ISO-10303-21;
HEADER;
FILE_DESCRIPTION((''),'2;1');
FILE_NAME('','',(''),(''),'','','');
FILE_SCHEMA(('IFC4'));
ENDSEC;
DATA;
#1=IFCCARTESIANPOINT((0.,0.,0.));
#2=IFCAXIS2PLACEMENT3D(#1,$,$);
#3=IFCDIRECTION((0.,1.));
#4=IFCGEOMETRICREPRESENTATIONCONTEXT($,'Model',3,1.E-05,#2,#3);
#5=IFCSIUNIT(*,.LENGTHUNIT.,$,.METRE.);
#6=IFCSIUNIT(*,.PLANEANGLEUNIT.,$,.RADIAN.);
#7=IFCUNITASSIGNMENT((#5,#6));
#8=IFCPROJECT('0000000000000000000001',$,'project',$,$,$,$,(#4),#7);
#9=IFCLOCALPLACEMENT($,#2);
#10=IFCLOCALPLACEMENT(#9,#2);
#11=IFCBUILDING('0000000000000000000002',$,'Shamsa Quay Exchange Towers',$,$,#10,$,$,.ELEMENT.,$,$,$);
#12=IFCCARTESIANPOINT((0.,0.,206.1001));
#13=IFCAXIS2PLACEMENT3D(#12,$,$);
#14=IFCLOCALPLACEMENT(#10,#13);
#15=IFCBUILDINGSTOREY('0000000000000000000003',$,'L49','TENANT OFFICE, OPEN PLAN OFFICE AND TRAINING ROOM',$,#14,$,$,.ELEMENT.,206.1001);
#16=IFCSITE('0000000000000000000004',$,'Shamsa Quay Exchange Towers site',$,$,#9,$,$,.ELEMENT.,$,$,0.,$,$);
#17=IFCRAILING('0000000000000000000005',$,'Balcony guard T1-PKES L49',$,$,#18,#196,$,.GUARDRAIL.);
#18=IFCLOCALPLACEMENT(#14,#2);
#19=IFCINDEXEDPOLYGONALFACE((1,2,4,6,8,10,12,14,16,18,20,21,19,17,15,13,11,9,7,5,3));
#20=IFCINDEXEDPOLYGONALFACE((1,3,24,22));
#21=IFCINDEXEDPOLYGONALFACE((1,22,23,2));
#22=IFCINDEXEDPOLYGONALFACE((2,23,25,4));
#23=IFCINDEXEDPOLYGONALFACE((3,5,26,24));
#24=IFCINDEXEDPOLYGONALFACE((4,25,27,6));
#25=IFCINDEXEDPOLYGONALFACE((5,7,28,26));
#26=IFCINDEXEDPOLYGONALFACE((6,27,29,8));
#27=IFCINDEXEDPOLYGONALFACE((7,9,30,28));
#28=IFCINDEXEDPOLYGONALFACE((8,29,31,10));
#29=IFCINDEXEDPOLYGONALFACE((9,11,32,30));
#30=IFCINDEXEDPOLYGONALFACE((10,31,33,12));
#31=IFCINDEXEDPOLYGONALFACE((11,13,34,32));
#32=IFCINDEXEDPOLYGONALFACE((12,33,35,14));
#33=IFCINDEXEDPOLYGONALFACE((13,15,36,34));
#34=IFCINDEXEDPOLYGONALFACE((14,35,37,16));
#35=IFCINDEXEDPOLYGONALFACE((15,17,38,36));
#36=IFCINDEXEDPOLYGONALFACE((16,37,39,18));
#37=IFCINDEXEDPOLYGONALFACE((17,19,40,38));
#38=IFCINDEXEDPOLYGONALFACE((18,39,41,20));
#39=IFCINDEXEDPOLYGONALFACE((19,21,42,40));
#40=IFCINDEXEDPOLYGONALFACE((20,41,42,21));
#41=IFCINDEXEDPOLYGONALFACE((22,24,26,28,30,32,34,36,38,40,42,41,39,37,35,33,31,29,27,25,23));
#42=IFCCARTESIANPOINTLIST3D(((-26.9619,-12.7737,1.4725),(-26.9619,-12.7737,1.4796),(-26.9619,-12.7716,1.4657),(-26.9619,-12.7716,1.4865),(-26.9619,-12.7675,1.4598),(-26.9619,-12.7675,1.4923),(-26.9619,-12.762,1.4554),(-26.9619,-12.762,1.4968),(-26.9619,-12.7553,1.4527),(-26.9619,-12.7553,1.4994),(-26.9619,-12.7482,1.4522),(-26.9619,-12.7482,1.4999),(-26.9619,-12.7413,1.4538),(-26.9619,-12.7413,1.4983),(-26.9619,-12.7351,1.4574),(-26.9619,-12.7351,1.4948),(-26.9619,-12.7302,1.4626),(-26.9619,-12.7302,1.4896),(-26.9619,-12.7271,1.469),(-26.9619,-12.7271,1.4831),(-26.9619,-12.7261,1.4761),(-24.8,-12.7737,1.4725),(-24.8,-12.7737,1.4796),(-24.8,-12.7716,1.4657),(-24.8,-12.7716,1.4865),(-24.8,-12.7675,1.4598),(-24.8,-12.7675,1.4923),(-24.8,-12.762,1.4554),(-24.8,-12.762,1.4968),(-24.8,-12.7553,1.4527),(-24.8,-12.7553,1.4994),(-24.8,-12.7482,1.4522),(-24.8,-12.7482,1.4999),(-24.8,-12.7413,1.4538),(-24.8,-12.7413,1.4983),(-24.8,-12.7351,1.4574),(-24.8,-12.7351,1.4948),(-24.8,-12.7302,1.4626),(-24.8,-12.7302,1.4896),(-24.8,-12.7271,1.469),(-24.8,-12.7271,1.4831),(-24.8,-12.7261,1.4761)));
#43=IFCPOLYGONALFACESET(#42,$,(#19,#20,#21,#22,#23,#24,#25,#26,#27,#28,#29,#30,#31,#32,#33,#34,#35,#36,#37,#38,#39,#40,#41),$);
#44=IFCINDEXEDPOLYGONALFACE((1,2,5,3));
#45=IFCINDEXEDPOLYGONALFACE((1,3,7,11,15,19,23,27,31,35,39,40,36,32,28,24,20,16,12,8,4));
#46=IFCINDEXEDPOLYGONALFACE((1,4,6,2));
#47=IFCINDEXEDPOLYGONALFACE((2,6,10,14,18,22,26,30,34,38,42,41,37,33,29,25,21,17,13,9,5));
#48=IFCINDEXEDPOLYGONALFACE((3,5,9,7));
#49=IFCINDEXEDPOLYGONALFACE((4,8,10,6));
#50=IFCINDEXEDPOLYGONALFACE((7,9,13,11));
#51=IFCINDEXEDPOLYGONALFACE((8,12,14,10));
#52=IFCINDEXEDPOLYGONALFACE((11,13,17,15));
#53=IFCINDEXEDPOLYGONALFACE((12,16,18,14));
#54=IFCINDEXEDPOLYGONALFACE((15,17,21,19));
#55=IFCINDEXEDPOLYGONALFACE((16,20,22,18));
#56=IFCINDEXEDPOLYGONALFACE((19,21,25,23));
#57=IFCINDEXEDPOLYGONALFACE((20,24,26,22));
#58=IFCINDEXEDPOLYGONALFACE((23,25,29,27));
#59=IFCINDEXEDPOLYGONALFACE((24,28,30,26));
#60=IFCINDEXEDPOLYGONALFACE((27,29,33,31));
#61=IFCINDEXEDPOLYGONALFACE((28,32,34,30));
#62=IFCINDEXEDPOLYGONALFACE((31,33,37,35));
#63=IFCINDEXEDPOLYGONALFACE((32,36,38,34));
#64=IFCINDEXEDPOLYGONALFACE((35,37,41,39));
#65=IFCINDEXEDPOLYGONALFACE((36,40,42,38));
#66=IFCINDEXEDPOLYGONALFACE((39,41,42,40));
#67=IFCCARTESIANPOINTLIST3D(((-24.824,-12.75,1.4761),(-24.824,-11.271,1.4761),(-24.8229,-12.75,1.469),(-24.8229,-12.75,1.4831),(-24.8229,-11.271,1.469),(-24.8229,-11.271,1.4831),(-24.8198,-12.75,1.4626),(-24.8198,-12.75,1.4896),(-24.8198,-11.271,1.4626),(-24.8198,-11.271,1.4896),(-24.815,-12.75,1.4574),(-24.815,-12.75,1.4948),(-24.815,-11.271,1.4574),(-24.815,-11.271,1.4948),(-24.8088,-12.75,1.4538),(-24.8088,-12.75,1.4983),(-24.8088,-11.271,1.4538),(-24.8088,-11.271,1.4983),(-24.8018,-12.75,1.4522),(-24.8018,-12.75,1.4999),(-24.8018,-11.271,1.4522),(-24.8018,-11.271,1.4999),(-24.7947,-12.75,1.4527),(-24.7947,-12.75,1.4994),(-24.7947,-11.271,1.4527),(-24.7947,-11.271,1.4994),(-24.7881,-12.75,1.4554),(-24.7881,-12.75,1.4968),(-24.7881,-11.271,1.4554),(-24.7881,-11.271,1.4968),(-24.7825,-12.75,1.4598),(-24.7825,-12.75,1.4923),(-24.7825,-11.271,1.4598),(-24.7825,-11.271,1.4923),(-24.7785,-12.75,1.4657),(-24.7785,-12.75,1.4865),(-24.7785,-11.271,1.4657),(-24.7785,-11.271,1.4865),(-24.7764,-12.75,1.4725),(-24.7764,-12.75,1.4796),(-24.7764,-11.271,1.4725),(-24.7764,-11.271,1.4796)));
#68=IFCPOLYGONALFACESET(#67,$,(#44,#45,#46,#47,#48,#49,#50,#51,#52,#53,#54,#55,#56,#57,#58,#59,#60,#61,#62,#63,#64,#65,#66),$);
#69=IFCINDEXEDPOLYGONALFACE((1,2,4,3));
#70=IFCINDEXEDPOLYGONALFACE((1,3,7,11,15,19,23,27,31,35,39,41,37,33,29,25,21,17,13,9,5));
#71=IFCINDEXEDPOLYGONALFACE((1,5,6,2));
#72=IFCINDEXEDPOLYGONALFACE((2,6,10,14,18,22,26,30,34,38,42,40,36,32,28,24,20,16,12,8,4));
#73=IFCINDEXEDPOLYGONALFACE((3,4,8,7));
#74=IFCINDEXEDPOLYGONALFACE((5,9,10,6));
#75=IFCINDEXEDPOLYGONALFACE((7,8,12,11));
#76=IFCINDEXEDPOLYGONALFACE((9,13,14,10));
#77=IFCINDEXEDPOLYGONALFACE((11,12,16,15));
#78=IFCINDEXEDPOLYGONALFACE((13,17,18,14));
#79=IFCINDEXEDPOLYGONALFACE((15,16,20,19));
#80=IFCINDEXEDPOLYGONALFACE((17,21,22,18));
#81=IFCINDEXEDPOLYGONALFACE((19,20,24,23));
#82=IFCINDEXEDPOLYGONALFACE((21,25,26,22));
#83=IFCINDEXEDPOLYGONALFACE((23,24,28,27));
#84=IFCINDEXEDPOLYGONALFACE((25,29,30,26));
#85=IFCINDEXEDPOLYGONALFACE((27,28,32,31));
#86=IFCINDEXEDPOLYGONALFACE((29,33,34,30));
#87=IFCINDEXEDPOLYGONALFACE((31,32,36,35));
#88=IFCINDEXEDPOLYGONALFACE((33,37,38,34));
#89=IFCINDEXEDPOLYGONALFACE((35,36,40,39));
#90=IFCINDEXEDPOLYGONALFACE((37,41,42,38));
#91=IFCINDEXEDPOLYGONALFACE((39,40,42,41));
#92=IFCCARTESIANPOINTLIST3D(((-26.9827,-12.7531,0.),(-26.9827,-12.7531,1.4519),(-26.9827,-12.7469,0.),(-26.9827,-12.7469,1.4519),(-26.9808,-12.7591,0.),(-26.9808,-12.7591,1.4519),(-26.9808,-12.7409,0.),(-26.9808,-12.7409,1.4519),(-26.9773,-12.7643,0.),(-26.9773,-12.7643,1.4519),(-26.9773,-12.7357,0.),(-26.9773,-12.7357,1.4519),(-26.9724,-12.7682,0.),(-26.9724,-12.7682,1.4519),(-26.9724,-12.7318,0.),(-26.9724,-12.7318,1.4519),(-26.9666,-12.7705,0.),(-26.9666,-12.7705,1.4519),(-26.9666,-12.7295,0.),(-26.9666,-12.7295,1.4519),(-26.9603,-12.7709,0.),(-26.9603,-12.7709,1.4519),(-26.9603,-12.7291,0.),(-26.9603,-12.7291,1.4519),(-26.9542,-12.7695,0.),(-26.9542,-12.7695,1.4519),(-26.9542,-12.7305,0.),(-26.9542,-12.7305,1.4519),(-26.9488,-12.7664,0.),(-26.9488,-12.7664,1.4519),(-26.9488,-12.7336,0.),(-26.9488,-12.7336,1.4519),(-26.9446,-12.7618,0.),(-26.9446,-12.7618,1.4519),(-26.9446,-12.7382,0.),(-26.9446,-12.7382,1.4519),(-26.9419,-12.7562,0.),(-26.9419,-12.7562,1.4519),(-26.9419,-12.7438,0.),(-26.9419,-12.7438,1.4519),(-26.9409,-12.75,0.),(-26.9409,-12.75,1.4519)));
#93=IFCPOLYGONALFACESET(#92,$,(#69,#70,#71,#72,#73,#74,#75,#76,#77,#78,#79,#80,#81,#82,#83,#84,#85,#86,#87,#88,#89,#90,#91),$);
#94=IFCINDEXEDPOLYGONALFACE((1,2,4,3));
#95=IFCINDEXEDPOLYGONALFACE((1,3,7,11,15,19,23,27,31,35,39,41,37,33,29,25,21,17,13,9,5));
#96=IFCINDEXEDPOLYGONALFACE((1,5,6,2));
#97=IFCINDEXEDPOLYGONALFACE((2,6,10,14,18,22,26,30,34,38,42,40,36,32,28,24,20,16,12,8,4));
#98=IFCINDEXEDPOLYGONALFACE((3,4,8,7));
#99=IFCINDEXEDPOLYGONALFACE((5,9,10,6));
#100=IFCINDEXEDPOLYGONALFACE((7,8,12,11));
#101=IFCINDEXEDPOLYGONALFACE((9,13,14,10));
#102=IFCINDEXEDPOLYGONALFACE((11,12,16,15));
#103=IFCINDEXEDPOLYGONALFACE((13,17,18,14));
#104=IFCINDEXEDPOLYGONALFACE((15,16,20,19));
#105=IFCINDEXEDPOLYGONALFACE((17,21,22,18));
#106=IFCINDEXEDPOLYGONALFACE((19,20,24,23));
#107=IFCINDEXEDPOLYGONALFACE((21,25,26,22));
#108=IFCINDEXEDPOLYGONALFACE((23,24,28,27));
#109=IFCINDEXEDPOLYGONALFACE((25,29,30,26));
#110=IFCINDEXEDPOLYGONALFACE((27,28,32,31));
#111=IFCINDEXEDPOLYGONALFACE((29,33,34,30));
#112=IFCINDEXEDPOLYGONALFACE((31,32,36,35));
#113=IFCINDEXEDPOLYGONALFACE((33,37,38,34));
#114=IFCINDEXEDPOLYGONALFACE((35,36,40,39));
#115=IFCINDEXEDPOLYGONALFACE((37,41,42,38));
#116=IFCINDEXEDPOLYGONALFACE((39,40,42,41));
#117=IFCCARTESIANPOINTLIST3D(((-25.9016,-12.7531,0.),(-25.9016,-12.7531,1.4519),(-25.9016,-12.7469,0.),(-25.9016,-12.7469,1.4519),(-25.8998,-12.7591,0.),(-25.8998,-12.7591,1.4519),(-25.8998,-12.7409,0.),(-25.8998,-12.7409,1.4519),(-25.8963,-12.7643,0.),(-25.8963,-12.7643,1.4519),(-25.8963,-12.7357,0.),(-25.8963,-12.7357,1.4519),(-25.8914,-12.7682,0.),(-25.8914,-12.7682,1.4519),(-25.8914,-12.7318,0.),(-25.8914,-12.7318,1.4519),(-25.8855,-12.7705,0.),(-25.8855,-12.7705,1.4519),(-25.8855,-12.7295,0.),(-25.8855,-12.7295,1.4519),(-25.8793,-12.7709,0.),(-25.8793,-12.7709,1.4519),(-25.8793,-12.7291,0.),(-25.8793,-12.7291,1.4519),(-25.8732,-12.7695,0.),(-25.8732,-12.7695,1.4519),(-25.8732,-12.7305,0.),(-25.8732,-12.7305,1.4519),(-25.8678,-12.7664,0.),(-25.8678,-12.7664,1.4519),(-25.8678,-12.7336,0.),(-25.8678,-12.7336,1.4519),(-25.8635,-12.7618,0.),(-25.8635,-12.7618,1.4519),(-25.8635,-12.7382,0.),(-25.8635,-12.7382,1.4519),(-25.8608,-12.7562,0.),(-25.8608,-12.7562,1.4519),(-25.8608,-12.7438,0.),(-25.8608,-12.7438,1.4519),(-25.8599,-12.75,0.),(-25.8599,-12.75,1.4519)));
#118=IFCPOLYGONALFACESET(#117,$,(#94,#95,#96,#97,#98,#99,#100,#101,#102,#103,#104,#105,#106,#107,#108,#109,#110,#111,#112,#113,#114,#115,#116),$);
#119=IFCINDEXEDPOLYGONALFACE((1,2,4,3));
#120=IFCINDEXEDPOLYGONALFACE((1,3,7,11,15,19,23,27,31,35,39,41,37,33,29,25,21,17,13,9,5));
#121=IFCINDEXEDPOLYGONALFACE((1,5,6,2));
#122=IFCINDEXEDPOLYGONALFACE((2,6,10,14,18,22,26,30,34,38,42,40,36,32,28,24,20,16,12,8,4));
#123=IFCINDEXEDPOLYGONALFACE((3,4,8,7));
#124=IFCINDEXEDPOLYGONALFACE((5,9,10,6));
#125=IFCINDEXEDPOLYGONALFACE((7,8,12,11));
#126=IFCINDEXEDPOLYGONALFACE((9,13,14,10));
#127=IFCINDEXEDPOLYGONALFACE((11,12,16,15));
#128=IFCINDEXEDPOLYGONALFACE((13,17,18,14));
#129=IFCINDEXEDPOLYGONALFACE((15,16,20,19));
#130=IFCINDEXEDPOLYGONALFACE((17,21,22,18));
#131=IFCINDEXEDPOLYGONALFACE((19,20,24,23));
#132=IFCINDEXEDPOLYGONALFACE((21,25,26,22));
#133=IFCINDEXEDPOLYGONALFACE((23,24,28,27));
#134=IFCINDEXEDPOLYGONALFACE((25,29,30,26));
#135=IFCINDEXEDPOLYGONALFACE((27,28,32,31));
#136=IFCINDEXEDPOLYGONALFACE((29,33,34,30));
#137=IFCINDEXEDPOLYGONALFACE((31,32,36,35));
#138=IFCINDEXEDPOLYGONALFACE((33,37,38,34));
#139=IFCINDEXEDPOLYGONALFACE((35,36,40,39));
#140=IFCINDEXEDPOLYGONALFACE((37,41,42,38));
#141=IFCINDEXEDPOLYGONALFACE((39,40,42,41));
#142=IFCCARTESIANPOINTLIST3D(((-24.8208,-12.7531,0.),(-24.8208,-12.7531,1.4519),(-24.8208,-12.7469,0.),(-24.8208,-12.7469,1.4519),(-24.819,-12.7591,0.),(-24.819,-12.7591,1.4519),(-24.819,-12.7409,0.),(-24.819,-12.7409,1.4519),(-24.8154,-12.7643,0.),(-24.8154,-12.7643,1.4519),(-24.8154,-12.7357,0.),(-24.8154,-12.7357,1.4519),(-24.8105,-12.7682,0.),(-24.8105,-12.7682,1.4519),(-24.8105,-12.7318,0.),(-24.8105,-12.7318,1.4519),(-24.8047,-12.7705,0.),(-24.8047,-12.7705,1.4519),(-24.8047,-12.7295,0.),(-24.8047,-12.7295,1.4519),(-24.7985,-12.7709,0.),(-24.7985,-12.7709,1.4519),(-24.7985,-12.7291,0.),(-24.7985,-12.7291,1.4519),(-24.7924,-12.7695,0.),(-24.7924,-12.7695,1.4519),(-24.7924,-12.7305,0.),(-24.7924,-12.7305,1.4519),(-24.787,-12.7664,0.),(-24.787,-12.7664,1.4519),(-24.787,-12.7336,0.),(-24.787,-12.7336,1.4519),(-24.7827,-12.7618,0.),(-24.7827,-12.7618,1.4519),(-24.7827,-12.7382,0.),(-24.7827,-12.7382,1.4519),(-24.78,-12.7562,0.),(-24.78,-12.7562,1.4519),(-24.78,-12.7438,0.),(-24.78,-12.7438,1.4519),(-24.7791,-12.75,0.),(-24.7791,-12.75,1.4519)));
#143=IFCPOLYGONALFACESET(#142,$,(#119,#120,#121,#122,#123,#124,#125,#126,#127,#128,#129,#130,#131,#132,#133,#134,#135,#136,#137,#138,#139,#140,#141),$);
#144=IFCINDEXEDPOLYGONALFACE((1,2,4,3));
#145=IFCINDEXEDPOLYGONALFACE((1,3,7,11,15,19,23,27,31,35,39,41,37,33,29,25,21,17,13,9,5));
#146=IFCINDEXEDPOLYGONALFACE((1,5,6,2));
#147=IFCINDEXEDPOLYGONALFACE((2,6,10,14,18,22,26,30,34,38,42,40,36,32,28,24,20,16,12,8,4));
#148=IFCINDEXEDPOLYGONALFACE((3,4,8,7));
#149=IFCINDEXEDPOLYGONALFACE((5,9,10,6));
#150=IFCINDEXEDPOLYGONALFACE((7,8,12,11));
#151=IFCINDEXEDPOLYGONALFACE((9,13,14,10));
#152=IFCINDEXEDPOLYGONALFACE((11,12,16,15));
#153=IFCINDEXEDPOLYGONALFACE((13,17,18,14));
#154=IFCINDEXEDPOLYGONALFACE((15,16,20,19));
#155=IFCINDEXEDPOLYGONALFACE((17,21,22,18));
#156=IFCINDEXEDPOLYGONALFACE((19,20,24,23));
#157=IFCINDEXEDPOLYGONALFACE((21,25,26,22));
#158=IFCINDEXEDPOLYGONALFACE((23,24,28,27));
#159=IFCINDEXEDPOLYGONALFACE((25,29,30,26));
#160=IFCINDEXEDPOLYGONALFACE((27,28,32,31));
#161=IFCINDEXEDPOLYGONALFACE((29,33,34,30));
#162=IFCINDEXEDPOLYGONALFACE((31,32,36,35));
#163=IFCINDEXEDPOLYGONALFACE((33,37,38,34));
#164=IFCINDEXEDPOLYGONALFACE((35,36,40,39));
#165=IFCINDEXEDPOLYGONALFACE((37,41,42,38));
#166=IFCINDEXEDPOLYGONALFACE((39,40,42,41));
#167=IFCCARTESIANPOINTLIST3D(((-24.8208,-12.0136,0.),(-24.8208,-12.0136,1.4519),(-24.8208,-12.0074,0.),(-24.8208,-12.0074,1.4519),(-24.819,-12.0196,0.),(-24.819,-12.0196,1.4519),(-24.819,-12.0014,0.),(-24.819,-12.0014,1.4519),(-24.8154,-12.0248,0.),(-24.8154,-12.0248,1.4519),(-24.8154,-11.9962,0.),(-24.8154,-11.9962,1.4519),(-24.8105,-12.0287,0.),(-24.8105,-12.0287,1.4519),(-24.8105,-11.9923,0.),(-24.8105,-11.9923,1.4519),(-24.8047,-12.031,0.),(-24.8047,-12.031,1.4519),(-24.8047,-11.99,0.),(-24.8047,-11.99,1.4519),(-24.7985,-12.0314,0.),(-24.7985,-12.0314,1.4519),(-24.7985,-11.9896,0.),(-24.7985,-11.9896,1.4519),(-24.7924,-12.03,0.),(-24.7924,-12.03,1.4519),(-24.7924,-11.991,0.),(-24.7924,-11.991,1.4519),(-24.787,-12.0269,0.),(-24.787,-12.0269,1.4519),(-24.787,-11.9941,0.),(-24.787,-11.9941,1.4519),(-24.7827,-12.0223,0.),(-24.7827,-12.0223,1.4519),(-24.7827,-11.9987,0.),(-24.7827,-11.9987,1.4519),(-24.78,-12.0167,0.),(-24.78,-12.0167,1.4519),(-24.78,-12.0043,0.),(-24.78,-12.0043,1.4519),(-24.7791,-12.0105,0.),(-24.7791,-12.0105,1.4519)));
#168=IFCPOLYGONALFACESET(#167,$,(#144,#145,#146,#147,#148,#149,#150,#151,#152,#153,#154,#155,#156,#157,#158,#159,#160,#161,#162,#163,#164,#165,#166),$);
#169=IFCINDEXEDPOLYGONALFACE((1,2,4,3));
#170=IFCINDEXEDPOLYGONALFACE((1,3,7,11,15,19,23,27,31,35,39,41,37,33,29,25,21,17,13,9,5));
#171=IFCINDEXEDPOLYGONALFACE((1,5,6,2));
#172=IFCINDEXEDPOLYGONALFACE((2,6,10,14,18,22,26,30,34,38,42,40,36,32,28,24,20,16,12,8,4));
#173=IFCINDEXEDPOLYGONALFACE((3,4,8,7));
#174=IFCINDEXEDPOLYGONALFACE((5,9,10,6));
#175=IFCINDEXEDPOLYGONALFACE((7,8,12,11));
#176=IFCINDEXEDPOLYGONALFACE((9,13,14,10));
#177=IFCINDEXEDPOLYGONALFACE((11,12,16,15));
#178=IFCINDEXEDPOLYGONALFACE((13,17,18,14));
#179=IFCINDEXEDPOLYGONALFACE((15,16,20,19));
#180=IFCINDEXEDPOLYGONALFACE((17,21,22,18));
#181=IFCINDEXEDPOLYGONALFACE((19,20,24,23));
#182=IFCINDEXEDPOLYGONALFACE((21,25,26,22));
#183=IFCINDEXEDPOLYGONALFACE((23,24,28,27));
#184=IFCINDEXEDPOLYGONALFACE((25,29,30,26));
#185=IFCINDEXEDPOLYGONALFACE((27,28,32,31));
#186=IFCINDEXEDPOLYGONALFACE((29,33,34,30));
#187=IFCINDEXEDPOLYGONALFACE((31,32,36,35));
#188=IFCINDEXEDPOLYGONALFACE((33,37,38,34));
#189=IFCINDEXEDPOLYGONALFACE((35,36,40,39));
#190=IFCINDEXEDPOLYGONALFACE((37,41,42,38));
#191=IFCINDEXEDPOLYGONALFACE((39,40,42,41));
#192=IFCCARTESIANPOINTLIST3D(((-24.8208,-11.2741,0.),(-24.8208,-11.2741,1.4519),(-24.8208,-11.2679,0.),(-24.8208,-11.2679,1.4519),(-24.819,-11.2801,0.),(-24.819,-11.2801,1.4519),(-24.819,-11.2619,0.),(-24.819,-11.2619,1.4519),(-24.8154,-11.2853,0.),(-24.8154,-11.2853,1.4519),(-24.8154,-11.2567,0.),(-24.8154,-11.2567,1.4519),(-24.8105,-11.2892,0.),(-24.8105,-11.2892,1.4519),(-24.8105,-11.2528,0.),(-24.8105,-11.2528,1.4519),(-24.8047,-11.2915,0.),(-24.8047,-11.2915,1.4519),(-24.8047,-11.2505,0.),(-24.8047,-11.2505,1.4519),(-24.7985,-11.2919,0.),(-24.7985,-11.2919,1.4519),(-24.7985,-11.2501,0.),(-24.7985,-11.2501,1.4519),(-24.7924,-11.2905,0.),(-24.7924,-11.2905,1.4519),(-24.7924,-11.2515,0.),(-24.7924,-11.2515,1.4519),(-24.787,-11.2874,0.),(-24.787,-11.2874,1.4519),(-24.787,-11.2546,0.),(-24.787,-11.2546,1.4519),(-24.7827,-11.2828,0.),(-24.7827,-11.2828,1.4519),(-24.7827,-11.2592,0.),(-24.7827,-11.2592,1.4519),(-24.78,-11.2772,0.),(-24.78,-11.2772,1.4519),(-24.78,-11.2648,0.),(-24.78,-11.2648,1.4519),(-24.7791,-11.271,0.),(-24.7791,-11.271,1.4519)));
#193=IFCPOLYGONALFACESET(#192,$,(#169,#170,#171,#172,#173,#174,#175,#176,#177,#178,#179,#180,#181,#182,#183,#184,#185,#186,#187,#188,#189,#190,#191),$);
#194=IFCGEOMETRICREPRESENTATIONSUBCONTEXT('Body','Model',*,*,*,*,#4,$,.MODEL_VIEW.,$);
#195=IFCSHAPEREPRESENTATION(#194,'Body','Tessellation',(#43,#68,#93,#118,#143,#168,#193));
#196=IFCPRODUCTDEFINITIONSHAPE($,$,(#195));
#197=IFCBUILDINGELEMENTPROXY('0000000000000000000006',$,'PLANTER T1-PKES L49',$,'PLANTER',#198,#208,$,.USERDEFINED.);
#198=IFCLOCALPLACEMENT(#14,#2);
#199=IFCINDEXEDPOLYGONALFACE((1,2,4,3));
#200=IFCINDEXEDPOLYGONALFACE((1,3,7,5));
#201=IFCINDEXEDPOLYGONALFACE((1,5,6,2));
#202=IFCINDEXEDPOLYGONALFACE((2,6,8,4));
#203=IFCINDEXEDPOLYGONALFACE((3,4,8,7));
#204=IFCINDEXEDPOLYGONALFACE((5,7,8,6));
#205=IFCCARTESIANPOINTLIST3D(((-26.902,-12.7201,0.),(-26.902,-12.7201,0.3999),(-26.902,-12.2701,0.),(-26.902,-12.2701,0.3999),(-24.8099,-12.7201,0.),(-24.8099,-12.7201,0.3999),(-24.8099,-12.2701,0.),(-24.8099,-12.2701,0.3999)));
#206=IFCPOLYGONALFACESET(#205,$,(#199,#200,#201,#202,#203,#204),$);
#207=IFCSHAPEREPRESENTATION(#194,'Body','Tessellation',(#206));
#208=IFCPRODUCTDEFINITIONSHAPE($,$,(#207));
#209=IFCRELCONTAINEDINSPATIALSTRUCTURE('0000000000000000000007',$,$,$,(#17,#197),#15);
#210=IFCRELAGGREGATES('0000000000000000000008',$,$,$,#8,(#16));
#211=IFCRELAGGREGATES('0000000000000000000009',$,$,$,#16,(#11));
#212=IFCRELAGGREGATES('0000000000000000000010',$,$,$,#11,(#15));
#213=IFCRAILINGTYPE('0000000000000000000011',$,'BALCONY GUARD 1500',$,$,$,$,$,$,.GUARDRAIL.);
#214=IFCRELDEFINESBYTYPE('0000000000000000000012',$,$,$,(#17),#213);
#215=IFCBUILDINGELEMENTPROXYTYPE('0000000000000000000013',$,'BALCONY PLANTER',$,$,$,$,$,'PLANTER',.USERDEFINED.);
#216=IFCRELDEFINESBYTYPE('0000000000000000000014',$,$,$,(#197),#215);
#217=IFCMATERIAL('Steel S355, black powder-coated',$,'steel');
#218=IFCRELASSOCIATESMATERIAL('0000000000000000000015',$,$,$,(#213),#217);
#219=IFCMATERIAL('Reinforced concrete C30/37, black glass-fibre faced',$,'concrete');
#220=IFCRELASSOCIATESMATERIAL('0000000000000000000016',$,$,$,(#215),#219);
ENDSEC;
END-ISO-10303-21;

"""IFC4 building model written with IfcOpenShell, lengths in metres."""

from ifc_helpers import new_model, si_unit, direction, frame, origin, origin_2d, place, context, subcontext, project, spatial, rectangle, circle, extrude, material, type_object, element, save


model = new_model("IFC4")

# Units and contexts
model_context = context("Model", 3, precision=1e-05, world=origin(), true_north=direction((0.0, 1.0)))
body_context = subcontext(model_context, "Body", "Model", "MODEL_VIEW")
ifc_project = project(units=[si_unit("LENGTHUNIT", "METRE"), si_unit("PLANEANGLEUNIT", "RADIAN")], contexts=[model_context])

# Site, building, storey
site_placement = place(None, origin())
site = spatial("IfcSite", under=ifc_project, at=site_placement, Name="Shamsa Quay Exchange Towers site", CompositionType="ELEMENT", RefElevation=0.0)
building_placement = place(site_placement, origin())
building = spatial("IfcBuilding", under=site, at=building_placement, Name="Shamsa Quay Exchange Towers", CompositionType="ELEMENT")
storey_placement = place(building_placement, frame((0.0, 0.0, 206.1001)))
storey = spatial("IfcBuildingStorey", under=building, at=storey_placement, Name="L49", Description="TENANT OFFICE, OPEN PLAN OFFICE AND TRAINING ROOM", CompositionType="ELEMENT", Elevation=206.1001)

# Railing
ifc_material_1 = material(Name="Steel S355, black powder-coated", Category="steel")
railing_type_1 = type_object("IfcRailingType", Name="BALCONY GUARD 1500", PredefinedType="GUARDRAIL", material=ifc_material_1)
railing_1_placement = place(storey_placement, frame((-26.9619, -12.75, 0.0)))
element("IfcRailing", 1, at=railing_1_placement, inside=storey, type_object=railing_type_1, Name="Balcony guard T1-PKES L49", PredefinedType="GUARDRAIL", context=body_context, shape_type="SweptSolid", body=[
    extrude(circle(Radius=0.0239, at=origin_2d()), frame((0.0, 0.0, 1.4761), z_axis=(1.0, 0.0, 0.0), x_axis=(0.0, 1.0, 0.0)), (0.0, 0.0, 1.0), 2.1619),
    extrude(circle(Radius=0.0239, at=origin_2d()), frame((2.1619, 0.0, 1.4761), z_axis=(0.0, 1.0, 0.0), x_axis=(-1.0, 0.0, 0.0)), (0.0, 0.0, 1.0), 1.479),
    extrude(circle(Radius=0.021, at=origin_2d()), origin(), (0.0, 0.0, 1.0), 1.4519),
    extrude(circle(Radius=0.021, at=origin_2d()), frame((1.0811, 0.0, 0.0)), (0.0, 0.0, 1.0), 1.4519),
    extrude(circle(Radius=0.021, at=origin_2d()), frame((2.1619, 0.0, 0.0)), (0.0, 0.0, 1.0), 1.4519),
    extrude(circle(Radius=0.021, at=origin_2d()), frame((2.1619, 0.7395, 0.0)), (0.0, 0.0, 1.0), 1.4519),
    extrude(circle(Radius=0.021, at=origin_2d()), frame((2.1619, 1.479, 0.0)), (0.0, 0.0, 1.0), 1.4519),
])

# Building element proxy
ifc_material_2 = material(Name="Reinforced concrete C30/37, black glass-fibre faced", Category="concrete")
building_element_proxy_type = type_object("IfcBuildingElementProxyType", Name="BALCONY PLANTER", ElementType="PLANTER", PredefinedType="USERDEFINED", material=ifc_material_2)
proxy_placement = place(storey_placement, frame((-25.856, -12.4951, 0.0)))
element("IfcBuildingElementProxy", 2, at=proxy_placement, inside=storey, type_object=building_element_proxy_type, Name="PLANTER T1-PKES L49", ObjectType="PLANTER", PredefinedType="USERDEFINED", context=body_context, shape_type="SweptSolid", body=[
    extrude(rectangle(XDim=2.092, YDim=0.45, at=origin_2d()), origin(), (0.0, 0.0, 1.0), 0.3999),
])

save(model, "model.ifc")
